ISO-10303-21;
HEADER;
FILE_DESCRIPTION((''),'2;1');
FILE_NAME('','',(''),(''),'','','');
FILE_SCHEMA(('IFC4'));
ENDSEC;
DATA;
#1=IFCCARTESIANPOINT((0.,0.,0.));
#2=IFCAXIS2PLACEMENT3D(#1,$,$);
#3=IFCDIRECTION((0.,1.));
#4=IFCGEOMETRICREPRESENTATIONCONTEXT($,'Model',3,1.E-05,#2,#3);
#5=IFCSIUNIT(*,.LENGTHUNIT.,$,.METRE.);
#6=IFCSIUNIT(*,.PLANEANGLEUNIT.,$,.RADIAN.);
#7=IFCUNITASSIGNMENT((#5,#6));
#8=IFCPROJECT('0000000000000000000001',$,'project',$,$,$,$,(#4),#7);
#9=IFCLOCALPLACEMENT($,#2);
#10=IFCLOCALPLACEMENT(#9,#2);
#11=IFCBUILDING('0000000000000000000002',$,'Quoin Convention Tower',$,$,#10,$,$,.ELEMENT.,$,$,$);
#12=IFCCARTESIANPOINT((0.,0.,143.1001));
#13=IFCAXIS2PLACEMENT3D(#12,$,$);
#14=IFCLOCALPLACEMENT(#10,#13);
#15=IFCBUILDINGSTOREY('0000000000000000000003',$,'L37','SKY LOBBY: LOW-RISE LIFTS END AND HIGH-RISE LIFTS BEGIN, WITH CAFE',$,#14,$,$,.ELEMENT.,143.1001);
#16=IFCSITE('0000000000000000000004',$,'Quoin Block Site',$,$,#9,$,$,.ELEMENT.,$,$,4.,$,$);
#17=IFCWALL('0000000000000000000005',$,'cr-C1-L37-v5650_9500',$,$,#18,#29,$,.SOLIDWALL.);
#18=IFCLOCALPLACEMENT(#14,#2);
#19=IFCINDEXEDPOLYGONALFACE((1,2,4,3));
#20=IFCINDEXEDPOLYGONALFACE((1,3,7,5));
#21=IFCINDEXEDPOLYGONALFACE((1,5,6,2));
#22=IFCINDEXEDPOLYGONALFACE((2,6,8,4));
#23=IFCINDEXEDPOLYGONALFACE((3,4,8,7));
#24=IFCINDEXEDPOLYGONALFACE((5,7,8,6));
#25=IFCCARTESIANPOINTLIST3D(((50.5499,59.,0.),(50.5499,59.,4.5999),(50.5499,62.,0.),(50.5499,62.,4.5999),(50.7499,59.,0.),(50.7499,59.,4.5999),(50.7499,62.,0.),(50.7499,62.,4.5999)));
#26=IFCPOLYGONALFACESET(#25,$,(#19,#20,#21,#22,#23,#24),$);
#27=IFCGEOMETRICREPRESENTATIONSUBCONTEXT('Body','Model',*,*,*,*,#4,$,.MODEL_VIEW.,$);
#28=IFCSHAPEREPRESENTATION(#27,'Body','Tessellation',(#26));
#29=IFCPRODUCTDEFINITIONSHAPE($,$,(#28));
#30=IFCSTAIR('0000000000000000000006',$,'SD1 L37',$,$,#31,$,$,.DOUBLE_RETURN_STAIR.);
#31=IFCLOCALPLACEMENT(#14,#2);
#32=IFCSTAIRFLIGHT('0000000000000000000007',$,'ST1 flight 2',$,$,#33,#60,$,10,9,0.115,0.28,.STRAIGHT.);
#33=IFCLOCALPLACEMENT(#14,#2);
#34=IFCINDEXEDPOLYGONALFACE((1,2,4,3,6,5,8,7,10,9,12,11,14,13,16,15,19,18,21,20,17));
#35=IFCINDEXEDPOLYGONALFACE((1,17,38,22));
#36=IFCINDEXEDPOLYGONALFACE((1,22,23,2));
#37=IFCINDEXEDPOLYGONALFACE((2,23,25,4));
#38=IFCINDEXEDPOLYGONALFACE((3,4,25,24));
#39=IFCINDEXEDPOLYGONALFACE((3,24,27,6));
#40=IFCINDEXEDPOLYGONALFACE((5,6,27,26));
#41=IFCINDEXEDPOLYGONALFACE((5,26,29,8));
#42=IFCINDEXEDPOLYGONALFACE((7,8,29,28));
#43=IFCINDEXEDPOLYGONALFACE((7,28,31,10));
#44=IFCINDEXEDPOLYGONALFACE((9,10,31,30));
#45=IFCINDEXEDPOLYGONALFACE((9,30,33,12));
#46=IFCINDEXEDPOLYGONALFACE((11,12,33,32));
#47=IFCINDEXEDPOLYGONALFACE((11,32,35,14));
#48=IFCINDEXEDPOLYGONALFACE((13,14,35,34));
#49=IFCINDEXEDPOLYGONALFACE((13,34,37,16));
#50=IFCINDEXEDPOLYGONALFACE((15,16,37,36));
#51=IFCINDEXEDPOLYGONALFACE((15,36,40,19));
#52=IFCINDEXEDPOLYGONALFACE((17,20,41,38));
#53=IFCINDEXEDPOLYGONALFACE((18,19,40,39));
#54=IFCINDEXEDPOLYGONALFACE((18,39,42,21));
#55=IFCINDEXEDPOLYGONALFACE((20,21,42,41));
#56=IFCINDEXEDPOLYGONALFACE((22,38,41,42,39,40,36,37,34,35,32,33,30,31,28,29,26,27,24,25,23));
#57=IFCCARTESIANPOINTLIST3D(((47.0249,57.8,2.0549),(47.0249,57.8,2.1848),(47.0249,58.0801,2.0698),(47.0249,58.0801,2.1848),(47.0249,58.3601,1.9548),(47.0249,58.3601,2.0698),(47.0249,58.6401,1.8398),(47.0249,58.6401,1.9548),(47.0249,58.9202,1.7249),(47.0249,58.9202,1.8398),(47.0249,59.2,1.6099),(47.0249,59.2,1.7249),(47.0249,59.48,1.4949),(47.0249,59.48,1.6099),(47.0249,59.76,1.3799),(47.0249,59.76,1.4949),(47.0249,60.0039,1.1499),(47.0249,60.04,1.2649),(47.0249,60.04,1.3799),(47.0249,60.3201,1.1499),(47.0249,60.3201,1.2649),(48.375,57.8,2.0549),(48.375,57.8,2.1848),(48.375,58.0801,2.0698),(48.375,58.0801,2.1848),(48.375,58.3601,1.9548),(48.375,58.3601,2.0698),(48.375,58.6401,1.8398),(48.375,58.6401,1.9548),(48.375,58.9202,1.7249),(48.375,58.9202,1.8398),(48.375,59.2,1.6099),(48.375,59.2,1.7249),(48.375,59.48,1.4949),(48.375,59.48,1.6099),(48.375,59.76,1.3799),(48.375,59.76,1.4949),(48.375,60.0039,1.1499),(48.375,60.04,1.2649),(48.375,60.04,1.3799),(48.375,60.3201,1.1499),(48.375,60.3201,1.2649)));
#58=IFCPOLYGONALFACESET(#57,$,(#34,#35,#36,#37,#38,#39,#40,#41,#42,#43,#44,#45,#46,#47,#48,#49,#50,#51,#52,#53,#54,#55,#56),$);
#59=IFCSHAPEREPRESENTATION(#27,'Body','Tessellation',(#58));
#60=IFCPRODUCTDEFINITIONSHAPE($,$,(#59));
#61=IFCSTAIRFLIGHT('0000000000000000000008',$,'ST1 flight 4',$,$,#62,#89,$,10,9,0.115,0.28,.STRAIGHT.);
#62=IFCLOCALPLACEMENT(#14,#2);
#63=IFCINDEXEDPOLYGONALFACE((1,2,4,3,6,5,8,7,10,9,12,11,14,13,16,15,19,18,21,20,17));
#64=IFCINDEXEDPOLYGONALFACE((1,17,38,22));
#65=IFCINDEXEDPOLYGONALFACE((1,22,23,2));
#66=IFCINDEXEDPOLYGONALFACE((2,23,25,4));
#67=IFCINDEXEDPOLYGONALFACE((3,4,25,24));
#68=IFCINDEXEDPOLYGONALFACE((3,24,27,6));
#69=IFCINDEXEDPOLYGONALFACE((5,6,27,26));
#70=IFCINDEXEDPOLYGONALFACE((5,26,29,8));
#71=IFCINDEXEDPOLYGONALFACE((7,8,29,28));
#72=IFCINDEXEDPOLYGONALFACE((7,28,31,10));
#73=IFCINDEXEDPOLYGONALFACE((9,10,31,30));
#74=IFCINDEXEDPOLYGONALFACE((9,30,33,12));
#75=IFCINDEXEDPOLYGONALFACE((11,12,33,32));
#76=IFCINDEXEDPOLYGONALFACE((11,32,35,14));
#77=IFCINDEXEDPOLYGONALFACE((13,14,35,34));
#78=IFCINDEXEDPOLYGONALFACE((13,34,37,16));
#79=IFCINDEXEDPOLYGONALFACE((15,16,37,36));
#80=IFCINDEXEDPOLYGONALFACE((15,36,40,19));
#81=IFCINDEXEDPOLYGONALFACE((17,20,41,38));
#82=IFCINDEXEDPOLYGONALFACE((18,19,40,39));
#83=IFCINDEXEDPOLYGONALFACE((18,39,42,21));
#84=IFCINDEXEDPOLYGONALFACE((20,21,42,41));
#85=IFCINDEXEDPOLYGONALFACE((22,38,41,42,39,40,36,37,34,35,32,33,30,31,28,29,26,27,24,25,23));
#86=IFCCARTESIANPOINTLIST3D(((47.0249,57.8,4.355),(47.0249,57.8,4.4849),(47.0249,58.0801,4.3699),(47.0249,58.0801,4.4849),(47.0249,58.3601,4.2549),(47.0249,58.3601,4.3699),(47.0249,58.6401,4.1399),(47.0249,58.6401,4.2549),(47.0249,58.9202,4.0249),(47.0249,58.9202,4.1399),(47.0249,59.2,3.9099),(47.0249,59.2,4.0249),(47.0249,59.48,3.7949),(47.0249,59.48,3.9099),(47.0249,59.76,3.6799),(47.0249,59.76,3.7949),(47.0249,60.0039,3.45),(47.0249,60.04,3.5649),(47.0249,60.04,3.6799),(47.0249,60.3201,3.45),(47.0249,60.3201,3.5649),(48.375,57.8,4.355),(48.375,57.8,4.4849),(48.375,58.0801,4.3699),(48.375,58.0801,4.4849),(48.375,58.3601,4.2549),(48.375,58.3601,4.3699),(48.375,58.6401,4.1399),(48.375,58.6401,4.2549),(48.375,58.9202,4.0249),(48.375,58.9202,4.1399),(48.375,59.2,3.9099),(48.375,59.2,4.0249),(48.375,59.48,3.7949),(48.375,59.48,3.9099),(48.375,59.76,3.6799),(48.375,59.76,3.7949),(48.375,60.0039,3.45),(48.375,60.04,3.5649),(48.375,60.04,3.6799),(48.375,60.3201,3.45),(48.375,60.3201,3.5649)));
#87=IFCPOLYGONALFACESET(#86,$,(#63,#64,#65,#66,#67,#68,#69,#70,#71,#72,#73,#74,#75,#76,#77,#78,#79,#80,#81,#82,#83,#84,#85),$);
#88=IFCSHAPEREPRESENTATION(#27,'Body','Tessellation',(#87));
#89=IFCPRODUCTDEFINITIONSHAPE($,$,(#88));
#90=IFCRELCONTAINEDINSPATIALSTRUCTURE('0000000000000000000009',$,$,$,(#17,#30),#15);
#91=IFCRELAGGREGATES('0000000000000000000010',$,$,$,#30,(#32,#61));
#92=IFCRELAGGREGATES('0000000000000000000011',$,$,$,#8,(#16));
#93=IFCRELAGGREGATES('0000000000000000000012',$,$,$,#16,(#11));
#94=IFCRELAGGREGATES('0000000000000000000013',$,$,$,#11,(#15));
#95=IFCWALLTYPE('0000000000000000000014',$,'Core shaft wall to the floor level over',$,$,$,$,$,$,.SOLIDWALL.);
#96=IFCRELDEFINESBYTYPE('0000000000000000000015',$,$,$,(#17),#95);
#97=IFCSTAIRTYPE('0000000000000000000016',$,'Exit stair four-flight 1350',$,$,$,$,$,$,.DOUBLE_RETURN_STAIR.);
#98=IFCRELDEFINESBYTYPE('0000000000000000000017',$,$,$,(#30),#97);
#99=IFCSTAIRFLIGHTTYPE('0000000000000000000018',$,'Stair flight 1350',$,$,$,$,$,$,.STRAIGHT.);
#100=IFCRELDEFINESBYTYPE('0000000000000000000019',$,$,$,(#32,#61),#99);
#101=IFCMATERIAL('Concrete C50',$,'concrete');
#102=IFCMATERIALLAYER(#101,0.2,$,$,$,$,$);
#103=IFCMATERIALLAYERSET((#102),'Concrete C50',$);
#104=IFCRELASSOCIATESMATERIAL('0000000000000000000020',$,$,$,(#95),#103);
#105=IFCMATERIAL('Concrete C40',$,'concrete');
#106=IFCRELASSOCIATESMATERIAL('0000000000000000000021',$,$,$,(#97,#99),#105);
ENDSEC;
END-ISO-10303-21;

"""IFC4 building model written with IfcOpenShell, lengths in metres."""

from ifc_helpers import new_model, si_unit, direction, frame, frame_2d, origin, place, context, subcontext, project, spatial, polyline, rectangle, outline, extrude, material, layer, layer_set, type_object, element, aggregate, save


model = new_model("IFC4")

# Units and contexts
model_context = context("Model", 3, precision=1e-05, world=origin(), true_north=direction((0.0, 1.0)))
body_context = subcontext(model_context, "Body", "Model", "MODEL_VIEW")
ifc_project = project(units=[si_unit("LENGTHUNIT", "METRE"), si_unit("PLANEANGLEUNIT", "RADIAN")], contexts=[model_context])

# Site, building, storey
site_placement = place(None, origin())
site = spatial("IfcSite", under=ifc_project, at=site_placement, Name="Quoin Block Site", CompositionType="ELEMENT", RefElevation=4.0)
building_placement = place(site_placement, origin())
building = spatial("IfcBuilding", under=site, at=building_placement, Name="Quoin Convention Tower", CompositionType="ELEMENT")
storey_placement = place(building_placement, frame((0.0, 0.0, 143.1001)))
storey = spatial("IfcBuildingStorey", under=building, at=storey_placement, Name="L37", Description="SKY LOBBY: LOW-RISE LIFTS END AND HIGH-RISE LIFTS BEGIN, WITH CAFE", CompositionType="ELEMENT", Elevation=143.1001)

# Shared definitions
ifc_material_1 = material(Name="Concrete C50", Category="concrete")

# Wall
ifc_layer_1 = layer(ifc_material_1, 0.2)
ifc_layer_set_1 = layer_set([ifc_layer_1], Name="Concrete C50")
wall_type_1 = type_object("IfcWallType", Name="Core shaft wall to the floor level over", PredefinedType="SOLIDWALL", material=ifc_layer_set_1)
wall_1_placement = place(storey_placement, frame((50.6499, 59.0, 0.0), z_axis=(0.0, 0.0, 1.0), x_axis=(0.0, 1.0, 0.0)))
element("IfcWall", 1, at=wall_1_placement, inside=storey, type_object=wall_type_1, Name="cr-C1-L37-v5650_9500", PredefinedType="SOLIDWALL", context=body_context, shape_type="SweptSolid", body=[
    extrude(rectangle(XDim=3.0, YDim=0.2, at=frame_2d((1.5, 0.0))), origin(), (0.0, 0.0, 1.0), 4.5999),
])

# Stair, stair flights
ifc_material_2 = material(Name="Concrete C40", Category="concrete")
stair_type = type_object("IfcStairType", Name="Exit stair four-flight 1350", PredefinedType="DOUBLE_RETURN_STAIR", material=ifc_material_2)
stair_placement = place(storey_placement, origin())
stair = element("IfcStair", 2, at=stair_placement, inside=storey, type_object=stair_type, Name="SD1 L37", PredefinedType="DOUBLE_RETURN_STAIR")
stair_flight_type = type_object("IfcStairFlightType", Name="Stair flight 1350", PredefinedType="STRAIGHT", material=ifc_material_2)
stair_flight_1_placement = place(storey_placement, frame((47.7, 60.3201, 1.1499), z_axis=(0.0, 0.0, 1.0), x_axis=(0.0, -1.0, 0.0)))
stair_flight_1 = element("IfcStairFlight", 3, at=stair_flight_1_placement, type_object=stair_flight_type, Name="ST1 flight 2", NumberOfRisers=10, NumberOfTreads=9, PredefinedType="STRAIGHT", RiserHeight=0.115, TreadLength=0.28, context=body_context, shape_type="SweptSolid", body=[
    extrude(outline(polyline([(0.0, 0.0), (0.0, 0.115), (0.28, 0.115), (0.28, 0.23), (0.5601, 0.23), (0.5601, 0.345), (0.8401, 0.345), (0.8401, 0.46), (1.1201, 0.46), (1.1201, 0.575), (1.3999, 0.575), (1.3999, 0.6899), (1.6799, 0.6899), (1.6799, 0.8049), (1.96, 0.8049), (1.96, 0.9199), (2.24, 0.9199), (2.24, 1.0349), (2.52, 1.0349), (2.52, 1.1499), (2.52, 0.905), (0.3162, 0.0), (0.0, 0.0)])), frame((0.0, 0.675, 0.0), z_axis=(0.0, -1.0, 0.0), x_axis=(1.0, 0.0, 0.0)), (0.0, 0.0, 1.0), 1.3501),
])
stair_flight_2_placement = place(storey_placement, frame((47.7, 60.3201, 3.45), z_axis=(0.0, 0.0, 1.0), x_axis=(0.0, -1.0, 0.0)))
stair_flight_2 = element("IfcStairFlight", 4, at=stair_flight_2_placement, type_object=stair_flight_type, Name="ST1 flight 4", NumberOfRisers=10, NumberOfTreads=9, PredefinedType="STRAIGHT", RiserHeight=0.115, TreadLength=0.28, context=body_context, shape_type="SweptSolid", body=[
    extrude(outline(polyline([(0.0, 0.0), (0.0, 0.115), (0.28, 0.115), (0.28, 0.23), (0.5601, 0.23), (0.5601, 0.345), (0.8401, 0.345), (0.8401, 0.46), (1.1201, 0.46), (1.1201, 0.575), (1.3999, 0.575), (1.3999, 0.6899), (1.6799, 0.6899), (1.6799, 0.8049), (1.96, 0.8049), (1.96, 0.9199), (2.24, 0.9199), (2.24, 1.0349), (2.52, 1.0349), (2.52, 1.1499), (2.52, 0.905), (0.3162, 0.0), (0.0, 0.0)])), frame((0.0, 0.675, 0.0), z_axis=(0.0, -1.0, 0.0), x_axis=(1.0, 0.0, 0.0)), (0.0, 0.0, 1.0), 1.3501),
])
aggregate(stair, [stair_flight_1, stair_flight_2])

save(model, "model.ifc")
